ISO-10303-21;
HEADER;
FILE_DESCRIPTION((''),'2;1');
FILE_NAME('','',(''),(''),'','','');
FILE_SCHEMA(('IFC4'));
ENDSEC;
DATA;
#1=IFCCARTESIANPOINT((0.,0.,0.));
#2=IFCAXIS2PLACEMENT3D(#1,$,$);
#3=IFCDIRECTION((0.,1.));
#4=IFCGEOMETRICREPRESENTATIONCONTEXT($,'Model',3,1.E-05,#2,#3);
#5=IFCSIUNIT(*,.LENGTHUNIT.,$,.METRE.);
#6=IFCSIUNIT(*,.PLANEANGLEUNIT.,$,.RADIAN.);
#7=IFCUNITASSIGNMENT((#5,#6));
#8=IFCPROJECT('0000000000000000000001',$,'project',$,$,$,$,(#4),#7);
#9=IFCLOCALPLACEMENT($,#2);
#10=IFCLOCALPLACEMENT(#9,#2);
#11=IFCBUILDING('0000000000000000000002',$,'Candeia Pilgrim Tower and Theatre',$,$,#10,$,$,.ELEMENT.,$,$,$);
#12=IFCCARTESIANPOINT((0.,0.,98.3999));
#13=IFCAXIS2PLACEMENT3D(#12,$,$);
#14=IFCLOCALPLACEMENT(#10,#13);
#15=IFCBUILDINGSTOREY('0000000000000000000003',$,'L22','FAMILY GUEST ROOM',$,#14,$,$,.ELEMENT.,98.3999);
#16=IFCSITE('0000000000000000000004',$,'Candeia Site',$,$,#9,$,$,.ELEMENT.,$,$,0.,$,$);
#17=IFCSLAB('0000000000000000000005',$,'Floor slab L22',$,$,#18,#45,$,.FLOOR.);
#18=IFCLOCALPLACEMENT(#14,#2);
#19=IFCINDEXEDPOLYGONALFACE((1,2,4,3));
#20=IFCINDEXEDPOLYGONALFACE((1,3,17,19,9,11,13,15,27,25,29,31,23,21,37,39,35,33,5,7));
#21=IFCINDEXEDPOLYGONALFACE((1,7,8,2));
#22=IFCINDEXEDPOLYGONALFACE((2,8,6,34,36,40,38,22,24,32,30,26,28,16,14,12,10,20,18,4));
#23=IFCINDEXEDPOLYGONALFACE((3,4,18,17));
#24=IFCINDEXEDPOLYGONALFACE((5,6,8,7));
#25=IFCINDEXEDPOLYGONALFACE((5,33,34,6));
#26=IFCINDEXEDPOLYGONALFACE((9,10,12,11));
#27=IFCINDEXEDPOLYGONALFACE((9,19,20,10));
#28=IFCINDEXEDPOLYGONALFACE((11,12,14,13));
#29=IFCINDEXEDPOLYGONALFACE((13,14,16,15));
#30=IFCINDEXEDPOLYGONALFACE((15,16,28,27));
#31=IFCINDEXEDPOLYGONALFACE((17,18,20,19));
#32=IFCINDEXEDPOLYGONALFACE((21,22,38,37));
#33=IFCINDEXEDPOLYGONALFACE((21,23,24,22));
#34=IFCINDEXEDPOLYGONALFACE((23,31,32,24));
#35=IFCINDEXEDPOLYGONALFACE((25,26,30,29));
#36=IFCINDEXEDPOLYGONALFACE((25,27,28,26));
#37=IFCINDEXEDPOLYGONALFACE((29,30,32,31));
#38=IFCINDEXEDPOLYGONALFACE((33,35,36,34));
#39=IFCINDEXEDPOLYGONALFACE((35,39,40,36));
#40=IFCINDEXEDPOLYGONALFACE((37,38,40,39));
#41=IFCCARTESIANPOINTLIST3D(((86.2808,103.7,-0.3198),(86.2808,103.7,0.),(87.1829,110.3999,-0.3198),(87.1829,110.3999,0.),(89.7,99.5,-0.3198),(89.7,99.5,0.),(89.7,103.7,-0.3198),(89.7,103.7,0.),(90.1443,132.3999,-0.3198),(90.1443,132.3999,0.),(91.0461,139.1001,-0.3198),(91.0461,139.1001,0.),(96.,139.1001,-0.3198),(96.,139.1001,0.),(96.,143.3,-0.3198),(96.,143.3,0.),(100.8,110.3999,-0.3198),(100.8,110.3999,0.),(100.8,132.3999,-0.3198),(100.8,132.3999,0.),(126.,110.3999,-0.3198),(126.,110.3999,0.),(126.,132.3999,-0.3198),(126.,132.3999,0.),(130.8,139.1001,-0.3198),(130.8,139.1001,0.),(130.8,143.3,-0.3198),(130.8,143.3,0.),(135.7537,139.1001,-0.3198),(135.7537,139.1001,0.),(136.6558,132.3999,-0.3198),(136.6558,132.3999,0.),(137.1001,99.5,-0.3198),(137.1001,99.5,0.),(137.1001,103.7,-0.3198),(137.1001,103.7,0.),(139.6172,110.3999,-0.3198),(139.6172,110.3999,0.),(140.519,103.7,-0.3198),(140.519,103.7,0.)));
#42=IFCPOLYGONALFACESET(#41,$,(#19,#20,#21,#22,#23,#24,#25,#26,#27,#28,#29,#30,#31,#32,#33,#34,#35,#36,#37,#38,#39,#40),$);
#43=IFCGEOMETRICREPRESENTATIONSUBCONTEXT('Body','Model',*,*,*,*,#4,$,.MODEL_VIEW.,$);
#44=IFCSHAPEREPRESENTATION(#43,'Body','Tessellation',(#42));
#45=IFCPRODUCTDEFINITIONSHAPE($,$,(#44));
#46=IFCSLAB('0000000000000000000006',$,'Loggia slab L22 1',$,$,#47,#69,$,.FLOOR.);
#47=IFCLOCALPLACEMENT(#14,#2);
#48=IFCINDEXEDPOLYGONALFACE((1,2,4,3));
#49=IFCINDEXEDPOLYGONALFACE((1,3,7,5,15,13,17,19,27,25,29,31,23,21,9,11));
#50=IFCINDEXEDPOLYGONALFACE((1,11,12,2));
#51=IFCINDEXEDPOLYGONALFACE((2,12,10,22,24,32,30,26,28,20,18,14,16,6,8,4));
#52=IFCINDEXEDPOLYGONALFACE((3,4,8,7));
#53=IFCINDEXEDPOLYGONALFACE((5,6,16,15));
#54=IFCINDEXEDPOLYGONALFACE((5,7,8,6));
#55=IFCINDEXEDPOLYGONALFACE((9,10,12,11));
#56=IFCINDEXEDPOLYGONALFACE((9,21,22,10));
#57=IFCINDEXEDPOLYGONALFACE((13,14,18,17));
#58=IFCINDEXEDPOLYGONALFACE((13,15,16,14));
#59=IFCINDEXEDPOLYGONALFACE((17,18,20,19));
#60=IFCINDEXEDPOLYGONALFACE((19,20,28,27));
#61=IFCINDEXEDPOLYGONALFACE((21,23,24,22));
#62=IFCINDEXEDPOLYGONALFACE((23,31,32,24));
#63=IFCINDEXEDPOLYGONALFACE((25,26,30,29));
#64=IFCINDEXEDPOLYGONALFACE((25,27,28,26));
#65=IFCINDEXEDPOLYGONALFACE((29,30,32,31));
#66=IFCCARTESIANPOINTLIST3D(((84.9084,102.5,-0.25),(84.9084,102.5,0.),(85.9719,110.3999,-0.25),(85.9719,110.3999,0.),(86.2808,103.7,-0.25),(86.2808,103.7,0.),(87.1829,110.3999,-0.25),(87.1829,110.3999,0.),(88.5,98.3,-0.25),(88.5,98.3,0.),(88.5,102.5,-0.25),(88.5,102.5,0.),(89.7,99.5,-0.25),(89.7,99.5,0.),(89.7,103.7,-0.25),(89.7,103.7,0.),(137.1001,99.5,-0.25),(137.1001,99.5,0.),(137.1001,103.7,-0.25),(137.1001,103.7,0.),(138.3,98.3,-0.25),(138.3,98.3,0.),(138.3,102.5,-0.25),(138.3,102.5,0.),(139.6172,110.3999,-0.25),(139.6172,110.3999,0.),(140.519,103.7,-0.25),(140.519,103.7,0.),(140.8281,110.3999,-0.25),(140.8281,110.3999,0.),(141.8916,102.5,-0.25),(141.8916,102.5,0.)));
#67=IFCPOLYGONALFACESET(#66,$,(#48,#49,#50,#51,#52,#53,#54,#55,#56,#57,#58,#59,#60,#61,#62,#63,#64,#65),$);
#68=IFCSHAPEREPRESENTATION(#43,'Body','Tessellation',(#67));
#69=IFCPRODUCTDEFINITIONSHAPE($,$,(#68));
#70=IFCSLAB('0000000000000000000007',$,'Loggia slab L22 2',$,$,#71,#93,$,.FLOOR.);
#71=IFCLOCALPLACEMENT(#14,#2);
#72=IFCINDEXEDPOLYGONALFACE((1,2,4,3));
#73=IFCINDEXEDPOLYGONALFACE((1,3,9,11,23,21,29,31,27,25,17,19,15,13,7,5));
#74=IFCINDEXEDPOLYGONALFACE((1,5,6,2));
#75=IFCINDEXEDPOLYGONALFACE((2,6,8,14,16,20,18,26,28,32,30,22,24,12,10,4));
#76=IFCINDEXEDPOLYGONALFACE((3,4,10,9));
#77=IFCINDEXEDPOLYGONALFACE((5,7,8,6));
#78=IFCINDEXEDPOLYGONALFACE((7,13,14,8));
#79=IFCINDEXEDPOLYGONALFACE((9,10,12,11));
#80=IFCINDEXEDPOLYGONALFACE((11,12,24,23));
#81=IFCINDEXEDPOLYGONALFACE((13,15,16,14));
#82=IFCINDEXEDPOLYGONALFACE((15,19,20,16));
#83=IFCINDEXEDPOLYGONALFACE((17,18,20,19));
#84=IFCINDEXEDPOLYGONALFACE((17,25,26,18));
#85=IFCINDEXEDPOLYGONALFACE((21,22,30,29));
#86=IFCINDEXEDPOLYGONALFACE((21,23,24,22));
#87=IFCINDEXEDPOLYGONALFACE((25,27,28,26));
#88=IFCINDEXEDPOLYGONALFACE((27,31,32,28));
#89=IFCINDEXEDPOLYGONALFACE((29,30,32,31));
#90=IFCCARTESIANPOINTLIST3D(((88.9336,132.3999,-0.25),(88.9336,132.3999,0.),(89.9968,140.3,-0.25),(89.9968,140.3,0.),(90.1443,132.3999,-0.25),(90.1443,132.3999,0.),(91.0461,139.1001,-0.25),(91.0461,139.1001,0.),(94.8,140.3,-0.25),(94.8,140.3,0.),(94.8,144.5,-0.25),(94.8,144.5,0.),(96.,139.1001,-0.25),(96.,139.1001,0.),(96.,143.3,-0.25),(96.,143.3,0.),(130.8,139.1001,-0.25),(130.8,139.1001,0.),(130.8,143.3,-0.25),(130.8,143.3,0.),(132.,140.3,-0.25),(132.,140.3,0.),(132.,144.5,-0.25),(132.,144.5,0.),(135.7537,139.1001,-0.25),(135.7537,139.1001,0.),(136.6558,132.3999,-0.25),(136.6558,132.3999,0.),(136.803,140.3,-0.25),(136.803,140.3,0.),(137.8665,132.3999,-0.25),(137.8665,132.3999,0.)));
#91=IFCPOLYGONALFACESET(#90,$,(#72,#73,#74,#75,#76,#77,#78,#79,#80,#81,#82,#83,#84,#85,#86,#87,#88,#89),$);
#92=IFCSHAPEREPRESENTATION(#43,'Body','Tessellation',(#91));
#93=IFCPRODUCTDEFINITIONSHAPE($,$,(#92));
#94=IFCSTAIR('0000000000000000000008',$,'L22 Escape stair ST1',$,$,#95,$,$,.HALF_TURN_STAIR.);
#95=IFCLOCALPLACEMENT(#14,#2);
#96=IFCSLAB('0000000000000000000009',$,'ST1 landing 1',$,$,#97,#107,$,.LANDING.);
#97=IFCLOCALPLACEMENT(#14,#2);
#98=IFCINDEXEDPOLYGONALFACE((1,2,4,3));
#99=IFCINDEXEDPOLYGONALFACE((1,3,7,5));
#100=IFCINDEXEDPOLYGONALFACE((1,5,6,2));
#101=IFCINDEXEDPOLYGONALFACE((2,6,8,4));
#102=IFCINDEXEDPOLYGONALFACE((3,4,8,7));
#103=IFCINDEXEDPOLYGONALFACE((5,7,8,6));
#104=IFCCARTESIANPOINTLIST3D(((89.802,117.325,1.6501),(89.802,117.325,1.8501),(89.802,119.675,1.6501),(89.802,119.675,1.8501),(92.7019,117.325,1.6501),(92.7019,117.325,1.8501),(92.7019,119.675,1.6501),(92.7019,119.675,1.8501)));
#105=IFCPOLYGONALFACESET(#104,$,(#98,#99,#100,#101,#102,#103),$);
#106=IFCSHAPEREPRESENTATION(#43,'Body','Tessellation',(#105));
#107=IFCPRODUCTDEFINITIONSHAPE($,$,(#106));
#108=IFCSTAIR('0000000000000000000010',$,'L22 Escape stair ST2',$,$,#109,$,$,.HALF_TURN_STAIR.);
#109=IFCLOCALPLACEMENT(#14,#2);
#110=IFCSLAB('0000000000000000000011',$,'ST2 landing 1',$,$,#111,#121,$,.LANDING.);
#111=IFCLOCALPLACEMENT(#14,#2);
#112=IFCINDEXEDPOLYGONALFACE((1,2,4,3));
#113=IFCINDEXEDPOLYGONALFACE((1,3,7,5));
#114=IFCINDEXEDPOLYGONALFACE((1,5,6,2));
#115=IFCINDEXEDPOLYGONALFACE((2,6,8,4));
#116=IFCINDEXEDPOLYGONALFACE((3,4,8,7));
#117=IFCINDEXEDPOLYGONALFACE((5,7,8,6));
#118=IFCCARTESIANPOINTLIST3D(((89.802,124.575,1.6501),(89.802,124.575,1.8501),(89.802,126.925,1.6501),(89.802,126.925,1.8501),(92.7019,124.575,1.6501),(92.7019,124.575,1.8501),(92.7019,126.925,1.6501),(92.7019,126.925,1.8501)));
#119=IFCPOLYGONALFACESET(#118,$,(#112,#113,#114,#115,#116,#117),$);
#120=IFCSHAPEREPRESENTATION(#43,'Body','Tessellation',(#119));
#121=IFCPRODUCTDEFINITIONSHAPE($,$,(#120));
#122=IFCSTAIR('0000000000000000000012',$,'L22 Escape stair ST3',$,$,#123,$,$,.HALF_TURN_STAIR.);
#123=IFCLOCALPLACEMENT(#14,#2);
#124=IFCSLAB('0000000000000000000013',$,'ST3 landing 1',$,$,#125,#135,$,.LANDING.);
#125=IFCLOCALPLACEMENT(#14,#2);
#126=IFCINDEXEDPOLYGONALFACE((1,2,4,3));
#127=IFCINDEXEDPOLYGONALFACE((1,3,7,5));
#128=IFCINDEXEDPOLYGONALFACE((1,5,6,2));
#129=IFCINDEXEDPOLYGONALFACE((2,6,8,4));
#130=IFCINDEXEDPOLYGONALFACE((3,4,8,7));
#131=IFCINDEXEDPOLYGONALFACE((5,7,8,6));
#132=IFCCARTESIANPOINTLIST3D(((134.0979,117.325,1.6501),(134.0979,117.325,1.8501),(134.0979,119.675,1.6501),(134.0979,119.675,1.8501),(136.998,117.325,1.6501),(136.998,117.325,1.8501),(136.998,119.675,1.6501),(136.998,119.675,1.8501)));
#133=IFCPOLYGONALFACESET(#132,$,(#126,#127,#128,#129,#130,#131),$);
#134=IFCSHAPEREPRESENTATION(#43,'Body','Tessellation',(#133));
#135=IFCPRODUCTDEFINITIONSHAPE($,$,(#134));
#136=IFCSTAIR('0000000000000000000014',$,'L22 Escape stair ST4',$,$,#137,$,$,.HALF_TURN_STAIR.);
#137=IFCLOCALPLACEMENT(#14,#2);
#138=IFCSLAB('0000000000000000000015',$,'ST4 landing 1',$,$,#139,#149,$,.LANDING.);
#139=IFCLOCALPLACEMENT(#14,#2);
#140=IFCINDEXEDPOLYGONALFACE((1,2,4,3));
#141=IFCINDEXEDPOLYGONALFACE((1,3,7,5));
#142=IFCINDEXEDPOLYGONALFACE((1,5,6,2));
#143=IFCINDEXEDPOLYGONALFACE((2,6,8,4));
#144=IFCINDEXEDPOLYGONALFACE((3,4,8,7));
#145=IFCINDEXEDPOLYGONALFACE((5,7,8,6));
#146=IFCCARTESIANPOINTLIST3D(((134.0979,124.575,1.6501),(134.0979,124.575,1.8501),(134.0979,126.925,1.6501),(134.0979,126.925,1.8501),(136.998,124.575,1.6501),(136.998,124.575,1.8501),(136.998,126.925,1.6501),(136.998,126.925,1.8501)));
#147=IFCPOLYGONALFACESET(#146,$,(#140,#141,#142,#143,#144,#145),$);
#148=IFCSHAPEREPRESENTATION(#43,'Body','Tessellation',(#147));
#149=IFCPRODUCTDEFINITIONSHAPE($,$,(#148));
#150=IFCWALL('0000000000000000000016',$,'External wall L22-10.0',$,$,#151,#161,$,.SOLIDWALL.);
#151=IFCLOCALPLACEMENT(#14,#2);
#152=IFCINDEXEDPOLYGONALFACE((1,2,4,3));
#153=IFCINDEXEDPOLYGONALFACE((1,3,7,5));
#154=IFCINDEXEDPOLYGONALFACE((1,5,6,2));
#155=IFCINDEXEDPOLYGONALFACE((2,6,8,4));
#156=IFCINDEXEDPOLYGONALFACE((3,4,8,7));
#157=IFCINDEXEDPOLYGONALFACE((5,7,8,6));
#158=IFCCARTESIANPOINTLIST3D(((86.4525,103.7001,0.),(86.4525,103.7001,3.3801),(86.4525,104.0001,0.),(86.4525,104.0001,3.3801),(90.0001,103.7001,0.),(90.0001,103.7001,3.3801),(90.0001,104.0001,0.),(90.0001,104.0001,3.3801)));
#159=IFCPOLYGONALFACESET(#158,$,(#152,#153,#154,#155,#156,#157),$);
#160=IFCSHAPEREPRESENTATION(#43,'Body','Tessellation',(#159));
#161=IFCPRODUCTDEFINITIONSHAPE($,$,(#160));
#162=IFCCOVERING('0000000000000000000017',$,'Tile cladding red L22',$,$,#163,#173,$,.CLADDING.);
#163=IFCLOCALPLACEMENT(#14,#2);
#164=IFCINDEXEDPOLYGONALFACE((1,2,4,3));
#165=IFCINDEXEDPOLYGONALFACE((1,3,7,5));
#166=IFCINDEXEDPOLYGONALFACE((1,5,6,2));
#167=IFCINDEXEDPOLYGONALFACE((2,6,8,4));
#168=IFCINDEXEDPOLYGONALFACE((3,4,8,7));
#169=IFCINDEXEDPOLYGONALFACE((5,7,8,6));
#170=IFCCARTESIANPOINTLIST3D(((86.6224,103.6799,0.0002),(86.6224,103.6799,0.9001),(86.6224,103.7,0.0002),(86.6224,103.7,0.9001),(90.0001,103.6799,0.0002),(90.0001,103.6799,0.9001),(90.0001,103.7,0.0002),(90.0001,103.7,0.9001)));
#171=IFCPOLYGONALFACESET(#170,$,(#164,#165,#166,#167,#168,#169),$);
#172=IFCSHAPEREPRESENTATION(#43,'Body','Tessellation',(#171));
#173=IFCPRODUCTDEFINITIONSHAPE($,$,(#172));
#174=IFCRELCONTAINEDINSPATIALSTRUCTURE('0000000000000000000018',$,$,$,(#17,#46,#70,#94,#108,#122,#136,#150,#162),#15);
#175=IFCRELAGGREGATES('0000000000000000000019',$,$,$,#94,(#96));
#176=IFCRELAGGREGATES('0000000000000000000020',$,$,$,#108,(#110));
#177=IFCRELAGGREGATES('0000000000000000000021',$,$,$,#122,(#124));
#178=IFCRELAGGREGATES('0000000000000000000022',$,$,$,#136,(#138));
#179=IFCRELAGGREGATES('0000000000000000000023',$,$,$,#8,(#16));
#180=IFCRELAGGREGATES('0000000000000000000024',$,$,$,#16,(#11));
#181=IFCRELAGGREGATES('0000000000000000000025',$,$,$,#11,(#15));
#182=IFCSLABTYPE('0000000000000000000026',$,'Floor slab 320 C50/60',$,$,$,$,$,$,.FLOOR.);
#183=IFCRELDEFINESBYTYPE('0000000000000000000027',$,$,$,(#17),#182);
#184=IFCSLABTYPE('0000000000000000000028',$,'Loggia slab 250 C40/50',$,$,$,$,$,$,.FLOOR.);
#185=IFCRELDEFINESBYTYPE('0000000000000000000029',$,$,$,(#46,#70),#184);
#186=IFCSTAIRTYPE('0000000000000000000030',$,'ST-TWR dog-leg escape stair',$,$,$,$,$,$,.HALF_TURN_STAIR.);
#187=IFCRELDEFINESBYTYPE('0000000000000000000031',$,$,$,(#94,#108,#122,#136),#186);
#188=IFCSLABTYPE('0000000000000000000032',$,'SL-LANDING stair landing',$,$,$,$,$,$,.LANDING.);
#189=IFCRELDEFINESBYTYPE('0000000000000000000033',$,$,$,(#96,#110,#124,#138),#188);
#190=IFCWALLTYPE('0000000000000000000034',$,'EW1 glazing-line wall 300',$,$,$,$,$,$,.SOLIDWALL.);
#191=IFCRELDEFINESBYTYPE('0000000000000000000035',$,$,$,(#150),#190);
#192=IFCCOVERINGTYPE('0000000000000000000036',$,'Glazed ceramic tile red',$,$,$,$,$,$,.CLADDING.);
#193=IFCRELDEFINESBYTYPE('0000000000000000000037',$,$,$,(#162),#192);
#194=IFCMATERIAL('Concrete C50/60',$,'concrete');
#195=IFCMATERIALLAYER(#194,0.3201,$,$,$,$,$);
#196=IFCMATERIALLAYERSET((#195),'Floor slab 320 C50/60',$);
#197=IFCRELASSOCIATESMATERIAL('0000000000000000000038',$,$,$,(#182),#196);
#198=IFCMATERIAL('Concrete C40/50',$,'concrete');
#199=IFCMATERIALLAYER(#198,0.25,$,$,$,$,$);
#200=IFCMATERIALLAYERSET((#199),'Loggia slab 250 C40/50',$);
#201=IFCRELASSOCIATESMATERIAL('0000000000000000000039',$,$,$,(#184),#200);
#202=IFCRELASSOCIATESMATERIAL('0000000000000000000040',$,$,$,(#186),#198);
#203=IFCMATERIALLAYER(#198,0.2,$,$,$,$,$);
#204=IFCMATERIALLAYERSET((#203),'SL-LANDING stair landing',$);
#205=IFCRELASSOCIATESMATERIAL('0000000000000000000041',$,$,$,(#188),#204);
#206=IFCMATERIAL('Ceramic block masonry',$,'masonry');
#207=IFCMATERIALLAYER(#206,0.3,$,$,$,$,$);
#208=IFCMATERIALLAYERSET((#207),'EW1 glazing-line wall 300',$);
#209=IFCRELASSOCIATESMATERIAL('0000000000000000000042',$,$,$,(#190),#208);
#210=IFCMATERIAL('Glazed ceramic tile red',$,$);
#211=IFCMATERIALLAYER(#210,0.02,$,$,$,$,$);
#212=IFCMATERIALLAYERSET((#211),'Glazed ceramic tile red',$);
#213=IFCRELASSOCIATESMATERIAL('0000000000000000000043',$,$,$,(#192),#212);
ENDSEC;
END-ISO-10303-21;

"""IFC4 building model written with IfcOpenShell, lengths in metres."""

from ifc_helpers import new_model, si_unit, direction, frame, frame_2d, origin, origin_2d, place, context, subcontext, project, spatial, polyline, rectangle, outline, extrude, material, layer, layer_set, type_object, element, aggregate, save


model = new_model("IFC4")

# Units and contexts
model_context = context("Model", 3, precision=1e-05, world=origin(), true_north=direction((0.0, 1.0)))
body_context = subcontext(model_context, "Body", "Model", "MODEL_VIEW")
ifc_project = project(units=[si_unit("LENGTHUNIT", "METRE"), si_unit("PLANEANGLEUNIT", "RADIAN")], contexts=[model_context])

# Site, building, storey
site_placement = place(None, origin())
site = spatial("IfcSite", under=ifc_project, at=site_placement, Name="Candeia Site", CompositionType="ELEMENT", RefElevation=0.0)
building_placement = place(site_placement, origin())
building = spatial("IfcBuilding", under=site, at=building_placement, Name="Candeia Pilgrim Tower and Theatre", CompositionType="ELEMENT")
storey_placement = place(building_placement, frame((0.0, 0.0, 98.3999)))
storey = spatial("IfcBuildingStorey", under=building, at=storey_placement, Name="L22", Description="FAMILY GUEST ROOM", CompositionType="ELEMENT", Elevation=98.3999)

# Slabs
ifc_material_1 = material(Name="Concrete C40/50", Category="concrete")
ifc_material_2 = material(Name="Concrete C50/60", Category="concrete")
ifc_layer_1 = layer(ifc_material_2, 0.3201)
ifc_layer_set_1 = layer_set([ifc_layer_1], Name="Floor slab 320 C50/60")
slab_type_1 = type_object("IfcSlabType", Name="Floor slab 320 C50/60", PredefinedType="FLOOR", material=ifc_layer_set_1)
slab_1_placement = place(storey_placement, frame((0.0, 0.0, -0.3198)))
element("IfcSlab", 1, at=slab_1_placement, inside=storey, type_object=slab_type_1, Name="Floor slab L22", PredefinedType="FLOOR", context=body_context, shape_type="SweptSolid", body=[
    extrude(outline(polyline([(96.0, 139.1001), (96.0, 143.3), (130.8, 143.3), (130.8, 139.1001), (135.7537, 139.1001), (136.6558, 132.3999), (126.0, 132.3999), (126.0, 110.3999), (139.6172, 110.3999), (140.519, 103.7), (137.1001, 103.7), (137.1001, 99.5), (89.7, 99.5), (89.7, 103.7), (86.2808, 103.7), (87.1829, 110.3999), (100.8, 110.3999), (100.8, 132.3999), (90.1443, 132.3999), (91.0461, 139.1001), (96.0, 139.1001)])), origin(), (0.0, 0.0, 1.0), 0.3198),
])
ifc_layer_2 = layer(ifc_material_1, 0.25)
ifc_layer_set_2 = layer_set([ifc_layer_2], Name="Loggia slab 250 C40/50")
slab_type_2 = type_object("IfcSlabType", Name="Loggia slab 250 C40/50", PredefinedType="FLOOR", material=ifc_layer_set_2)
slab_2_placement = place(storey_placement, frame((0.0, 0.0, -0.25)))
element("IfcSlab", 2, at=slab_2_placement, inside=storey, type_object=slab_type_2, Name="Loggia slab L22 1", PredefinedType="FLOOR", context=body_context, shape_type="SweptSolid", body=[
    extrude(outline(polyline([(87.1829, 110.3999), (86.2808, 103.7), (89.7, 103.7), (89.7, 99.5), (137.1001, 99.5), (137.1001, 103.7), (140.519, 103.7), (139.6172, 110.3999), (140.8281, 110.3999), (141.8916, 102.5), (138.3, 102.5), (138.3, 98.3), (88.5, 98.3), (88.5, 102.5), (84.9084, 102.5), (85.9719, 110.3999), (87.1829, 110.3999)])), origin(), (0.0, 0.0, 1.0), 0.25),
])
slab_3_placement = place(storey_placement, frame((0.0, 0.0, -0.25)))
element("IfcSlab", 3, at=slab_3_placement, inside=storey, type_object=slab_type_2, Name="Loggia slab L22 2", PredefinedType="FLOOR", context=body_context, shape_type="SweptSolid", body=[
    extrude(outline(polyline([(136.6558, 132.3999), (135.7537, 139.1001), (130.8, 139.1001), (130.8, 143.3), (96.0, 143.3), (96.0, 139.1001), (91.0461, 139.1001), (90.1443, 132.3999), (88.9336, 132.3999), (89.9968, 140.3), (94.8, 140.3), (94.8, 144.5), (132.0, 144.5), (132.0, 140.3), (136.803, 140.3), (137.8665, 132.3999), (136.6558, 132.3999)])), origin(), (0.0, 0.0, 1.0), 0.25),
])

# Stairs, slabs
stair_type = type_object("IfcStairType", Name="ST-TWR dog-leg escape stair", PredefinedType="HALF_TURN_STAIR", material=ifc_material_1)
stair_1_placement = place(storey_placement, origin())
stair_1 = element("IfcStair", 4, at=stair_1_placement, inside=storey, type_object=stair_type, Name="L22 Escape stair ST1", PredefinedType="HALF_TURN_STAIR")
ifc_layer_3 = layer(ifc_material_1, 0.2)
ifc_layer_set_3 = layer_set([ifc_layer_3], Name="SL-LANDING stair landing")
slab_type_3 = type_object("IfcSlabType", Name="SL-LANDING stair landing", PredefinedType="LANDING", material=ifc_layer_set_3)
slab_4_placement = place(storey_placement, frame((0.0, 0.0, 1.6501)))
slab_4 = element("IfcSlab", 5, at=slab_4_placement, type_object=slab_type_3, Name="ST1 landing 1", PredefinedType="LANDING", context=body_context, shape_type="SweptSolid", body=[
    extrude(outline(polyline([(89.802, 119.675), (89.802, 117.325), (92.7019, 117.325), (92.7019, 119.675), (89.802, 119.675)])), origin(), (0.0, 0.0, 1.0), 0.2),
])
aggregate(stair_1, [slab_4])
stair_2_placement = place(storey_placement, origin())
stair_2 = element("IfcStair", 6, at=stair_2_placement, inside=storey, type_object=stair_type, Name="L22 Escape stair ST2", PredefinedType="HALF_TURN_STAIR")
slab_5_placement = place(storey_placement, frame((0.0, 0.0, 1.6501)))
slab_5 = element("IfcSlab", 7, at=slab_5_placement, type_object=slab_type_3, Name="ST2 landing 1", PredefinedType="LANDING", context=body_context, shape_type="SweptSolid", body=[
    extrude(outline(polyline([(89.802, 126.925), (89.802, 124.575), (92.7019, 124.575), (92.7019, 126.925), (89.802, 126.925)])), origin(), (0.0, 0.0, 1.0), 0.2),
])
aggregate(stair_2, [slab_5])
stair_3_placement = place(storey_placement, origin())
stair_3 = element("IfcStair", 8, at=stair_3_placement, inside=storey, type_object=stair_type, Name="L22 Escape stair ST3", PredefinedType="HALF_TURN_STAIR")
slab_6_placement = place(storey_placement, frame((0.0, 0.0, 1.6501)))
slab_6 = element("IfcSlab", 9, at=slab_6_placement, type_object=slab_type_3, Name="ST3 landing 1", PredefinedType="LANDING", context=body_context, shape_type="SweptSolid", body=[
    extrude(outline(polyline([(134.0979, 119.675), (134.0979, 117.325), (136.998, 117.325), (136.998, 119.675), (134.0979, 119.675)])), origin(), (0.0, 0.0, 1.0), 0.2),
])
aggregate(stair_3, [slab_6])
stair_4_placement = place(storey_placement, origin())
stair_4 = element("IfcStair", 10, at=stair_4_placement, inside=storey, type_object=stair_type, Name="L22 Escape stair ST4", PredefinedType="HALF_TURN_STAIR")
slab_7_placement = place(storey_placement, frame((0.0, 0.0, 1.6501)))
slab_7 = element("IfcSlab", 11, at=slab_7_placement, type_object=slab_type_3, Name="ST4 landing 1", PredefinedType="LANDING", context=body_context, shape_type="SweptSolid", body=[
    extrude(outline(polyline([(134.0979, 126.925), (134.0979, 124.575), (136.998, 124.575), (136.998, 126.925), (134.0979, 126.925)])), origin(), (0.0, 0.0, 1.0), 0.2),
])
aggregate(stair_4, [slab_7])

# Wall
ifc_material_3 = material(Name="Ceramic block masonry", Category="masonry")
ifc_layer_4 = layer(ifc_material_3, 0.3)
ifc_layer_set_4 = layer_set([ifc_layer_4], Name="EW1 glazing-line wall 300")
wall_type = type_object("IfcWallType", Name="EW1 glazing-line wall 300", PredefinedType="SOLIDWALL", material=ifc_layer_set_4)
wall_placement = place(storey_placement, frame((86.4524, 103.8501, 0.0), z_axis=(0.0, 0.0, 1.0), x_axis=(1.0, 0.0, 0.0)))
element("IfcWall", 12, at=wall_placement, inside=storey, type_object=wall_type, Name="External wall L22-10.0", PredefinedType="SOLIDWALL", context=body_context, shape_type="SweptSolid", body=[
    extrude(rectangle(XDim=3.5476, YDim=0.3, at=frame_2d((1.7739, 0.0))), origin(), (0.0, 0.0, 1.0), 3.3801),
])

# Covering
ifc_material_4 = material(Name="Glazed ceramic tile red")
ifc_layer_5 = layer(ifc_material_4, 0.02)
ifc_layer_set_5 = layer_set([ifc_layer_5], Name="Glazed ceramic tile red")
covering_type = type_object("IfcCoveringType", Name="Glazed ceramic tile red", PredefinedType="CLADDING", material=ifc_layer_set_5)
covering_placement = place(storey_placement, frame((88.3113, 103.6899, 0.0002), z_axis=(0.0, 0.0, 1.0), x_axis=(1.0, 0.0, 0.0)))
element("IfcCovering", 13, at=covering_placement, inside=storey, type_object=covering_type, Name="Tile cladding red L22", PredefinedType="CLADDING", context=body_context, shape_type="SweptSolid", body=[
    extrude(rectangle(XDim=3.3777, YDim=0.02, at=origin_2d()), origin(), (0.0, 0.0, 1.0), 0.8999),
])

save(model, "model.ifc")
